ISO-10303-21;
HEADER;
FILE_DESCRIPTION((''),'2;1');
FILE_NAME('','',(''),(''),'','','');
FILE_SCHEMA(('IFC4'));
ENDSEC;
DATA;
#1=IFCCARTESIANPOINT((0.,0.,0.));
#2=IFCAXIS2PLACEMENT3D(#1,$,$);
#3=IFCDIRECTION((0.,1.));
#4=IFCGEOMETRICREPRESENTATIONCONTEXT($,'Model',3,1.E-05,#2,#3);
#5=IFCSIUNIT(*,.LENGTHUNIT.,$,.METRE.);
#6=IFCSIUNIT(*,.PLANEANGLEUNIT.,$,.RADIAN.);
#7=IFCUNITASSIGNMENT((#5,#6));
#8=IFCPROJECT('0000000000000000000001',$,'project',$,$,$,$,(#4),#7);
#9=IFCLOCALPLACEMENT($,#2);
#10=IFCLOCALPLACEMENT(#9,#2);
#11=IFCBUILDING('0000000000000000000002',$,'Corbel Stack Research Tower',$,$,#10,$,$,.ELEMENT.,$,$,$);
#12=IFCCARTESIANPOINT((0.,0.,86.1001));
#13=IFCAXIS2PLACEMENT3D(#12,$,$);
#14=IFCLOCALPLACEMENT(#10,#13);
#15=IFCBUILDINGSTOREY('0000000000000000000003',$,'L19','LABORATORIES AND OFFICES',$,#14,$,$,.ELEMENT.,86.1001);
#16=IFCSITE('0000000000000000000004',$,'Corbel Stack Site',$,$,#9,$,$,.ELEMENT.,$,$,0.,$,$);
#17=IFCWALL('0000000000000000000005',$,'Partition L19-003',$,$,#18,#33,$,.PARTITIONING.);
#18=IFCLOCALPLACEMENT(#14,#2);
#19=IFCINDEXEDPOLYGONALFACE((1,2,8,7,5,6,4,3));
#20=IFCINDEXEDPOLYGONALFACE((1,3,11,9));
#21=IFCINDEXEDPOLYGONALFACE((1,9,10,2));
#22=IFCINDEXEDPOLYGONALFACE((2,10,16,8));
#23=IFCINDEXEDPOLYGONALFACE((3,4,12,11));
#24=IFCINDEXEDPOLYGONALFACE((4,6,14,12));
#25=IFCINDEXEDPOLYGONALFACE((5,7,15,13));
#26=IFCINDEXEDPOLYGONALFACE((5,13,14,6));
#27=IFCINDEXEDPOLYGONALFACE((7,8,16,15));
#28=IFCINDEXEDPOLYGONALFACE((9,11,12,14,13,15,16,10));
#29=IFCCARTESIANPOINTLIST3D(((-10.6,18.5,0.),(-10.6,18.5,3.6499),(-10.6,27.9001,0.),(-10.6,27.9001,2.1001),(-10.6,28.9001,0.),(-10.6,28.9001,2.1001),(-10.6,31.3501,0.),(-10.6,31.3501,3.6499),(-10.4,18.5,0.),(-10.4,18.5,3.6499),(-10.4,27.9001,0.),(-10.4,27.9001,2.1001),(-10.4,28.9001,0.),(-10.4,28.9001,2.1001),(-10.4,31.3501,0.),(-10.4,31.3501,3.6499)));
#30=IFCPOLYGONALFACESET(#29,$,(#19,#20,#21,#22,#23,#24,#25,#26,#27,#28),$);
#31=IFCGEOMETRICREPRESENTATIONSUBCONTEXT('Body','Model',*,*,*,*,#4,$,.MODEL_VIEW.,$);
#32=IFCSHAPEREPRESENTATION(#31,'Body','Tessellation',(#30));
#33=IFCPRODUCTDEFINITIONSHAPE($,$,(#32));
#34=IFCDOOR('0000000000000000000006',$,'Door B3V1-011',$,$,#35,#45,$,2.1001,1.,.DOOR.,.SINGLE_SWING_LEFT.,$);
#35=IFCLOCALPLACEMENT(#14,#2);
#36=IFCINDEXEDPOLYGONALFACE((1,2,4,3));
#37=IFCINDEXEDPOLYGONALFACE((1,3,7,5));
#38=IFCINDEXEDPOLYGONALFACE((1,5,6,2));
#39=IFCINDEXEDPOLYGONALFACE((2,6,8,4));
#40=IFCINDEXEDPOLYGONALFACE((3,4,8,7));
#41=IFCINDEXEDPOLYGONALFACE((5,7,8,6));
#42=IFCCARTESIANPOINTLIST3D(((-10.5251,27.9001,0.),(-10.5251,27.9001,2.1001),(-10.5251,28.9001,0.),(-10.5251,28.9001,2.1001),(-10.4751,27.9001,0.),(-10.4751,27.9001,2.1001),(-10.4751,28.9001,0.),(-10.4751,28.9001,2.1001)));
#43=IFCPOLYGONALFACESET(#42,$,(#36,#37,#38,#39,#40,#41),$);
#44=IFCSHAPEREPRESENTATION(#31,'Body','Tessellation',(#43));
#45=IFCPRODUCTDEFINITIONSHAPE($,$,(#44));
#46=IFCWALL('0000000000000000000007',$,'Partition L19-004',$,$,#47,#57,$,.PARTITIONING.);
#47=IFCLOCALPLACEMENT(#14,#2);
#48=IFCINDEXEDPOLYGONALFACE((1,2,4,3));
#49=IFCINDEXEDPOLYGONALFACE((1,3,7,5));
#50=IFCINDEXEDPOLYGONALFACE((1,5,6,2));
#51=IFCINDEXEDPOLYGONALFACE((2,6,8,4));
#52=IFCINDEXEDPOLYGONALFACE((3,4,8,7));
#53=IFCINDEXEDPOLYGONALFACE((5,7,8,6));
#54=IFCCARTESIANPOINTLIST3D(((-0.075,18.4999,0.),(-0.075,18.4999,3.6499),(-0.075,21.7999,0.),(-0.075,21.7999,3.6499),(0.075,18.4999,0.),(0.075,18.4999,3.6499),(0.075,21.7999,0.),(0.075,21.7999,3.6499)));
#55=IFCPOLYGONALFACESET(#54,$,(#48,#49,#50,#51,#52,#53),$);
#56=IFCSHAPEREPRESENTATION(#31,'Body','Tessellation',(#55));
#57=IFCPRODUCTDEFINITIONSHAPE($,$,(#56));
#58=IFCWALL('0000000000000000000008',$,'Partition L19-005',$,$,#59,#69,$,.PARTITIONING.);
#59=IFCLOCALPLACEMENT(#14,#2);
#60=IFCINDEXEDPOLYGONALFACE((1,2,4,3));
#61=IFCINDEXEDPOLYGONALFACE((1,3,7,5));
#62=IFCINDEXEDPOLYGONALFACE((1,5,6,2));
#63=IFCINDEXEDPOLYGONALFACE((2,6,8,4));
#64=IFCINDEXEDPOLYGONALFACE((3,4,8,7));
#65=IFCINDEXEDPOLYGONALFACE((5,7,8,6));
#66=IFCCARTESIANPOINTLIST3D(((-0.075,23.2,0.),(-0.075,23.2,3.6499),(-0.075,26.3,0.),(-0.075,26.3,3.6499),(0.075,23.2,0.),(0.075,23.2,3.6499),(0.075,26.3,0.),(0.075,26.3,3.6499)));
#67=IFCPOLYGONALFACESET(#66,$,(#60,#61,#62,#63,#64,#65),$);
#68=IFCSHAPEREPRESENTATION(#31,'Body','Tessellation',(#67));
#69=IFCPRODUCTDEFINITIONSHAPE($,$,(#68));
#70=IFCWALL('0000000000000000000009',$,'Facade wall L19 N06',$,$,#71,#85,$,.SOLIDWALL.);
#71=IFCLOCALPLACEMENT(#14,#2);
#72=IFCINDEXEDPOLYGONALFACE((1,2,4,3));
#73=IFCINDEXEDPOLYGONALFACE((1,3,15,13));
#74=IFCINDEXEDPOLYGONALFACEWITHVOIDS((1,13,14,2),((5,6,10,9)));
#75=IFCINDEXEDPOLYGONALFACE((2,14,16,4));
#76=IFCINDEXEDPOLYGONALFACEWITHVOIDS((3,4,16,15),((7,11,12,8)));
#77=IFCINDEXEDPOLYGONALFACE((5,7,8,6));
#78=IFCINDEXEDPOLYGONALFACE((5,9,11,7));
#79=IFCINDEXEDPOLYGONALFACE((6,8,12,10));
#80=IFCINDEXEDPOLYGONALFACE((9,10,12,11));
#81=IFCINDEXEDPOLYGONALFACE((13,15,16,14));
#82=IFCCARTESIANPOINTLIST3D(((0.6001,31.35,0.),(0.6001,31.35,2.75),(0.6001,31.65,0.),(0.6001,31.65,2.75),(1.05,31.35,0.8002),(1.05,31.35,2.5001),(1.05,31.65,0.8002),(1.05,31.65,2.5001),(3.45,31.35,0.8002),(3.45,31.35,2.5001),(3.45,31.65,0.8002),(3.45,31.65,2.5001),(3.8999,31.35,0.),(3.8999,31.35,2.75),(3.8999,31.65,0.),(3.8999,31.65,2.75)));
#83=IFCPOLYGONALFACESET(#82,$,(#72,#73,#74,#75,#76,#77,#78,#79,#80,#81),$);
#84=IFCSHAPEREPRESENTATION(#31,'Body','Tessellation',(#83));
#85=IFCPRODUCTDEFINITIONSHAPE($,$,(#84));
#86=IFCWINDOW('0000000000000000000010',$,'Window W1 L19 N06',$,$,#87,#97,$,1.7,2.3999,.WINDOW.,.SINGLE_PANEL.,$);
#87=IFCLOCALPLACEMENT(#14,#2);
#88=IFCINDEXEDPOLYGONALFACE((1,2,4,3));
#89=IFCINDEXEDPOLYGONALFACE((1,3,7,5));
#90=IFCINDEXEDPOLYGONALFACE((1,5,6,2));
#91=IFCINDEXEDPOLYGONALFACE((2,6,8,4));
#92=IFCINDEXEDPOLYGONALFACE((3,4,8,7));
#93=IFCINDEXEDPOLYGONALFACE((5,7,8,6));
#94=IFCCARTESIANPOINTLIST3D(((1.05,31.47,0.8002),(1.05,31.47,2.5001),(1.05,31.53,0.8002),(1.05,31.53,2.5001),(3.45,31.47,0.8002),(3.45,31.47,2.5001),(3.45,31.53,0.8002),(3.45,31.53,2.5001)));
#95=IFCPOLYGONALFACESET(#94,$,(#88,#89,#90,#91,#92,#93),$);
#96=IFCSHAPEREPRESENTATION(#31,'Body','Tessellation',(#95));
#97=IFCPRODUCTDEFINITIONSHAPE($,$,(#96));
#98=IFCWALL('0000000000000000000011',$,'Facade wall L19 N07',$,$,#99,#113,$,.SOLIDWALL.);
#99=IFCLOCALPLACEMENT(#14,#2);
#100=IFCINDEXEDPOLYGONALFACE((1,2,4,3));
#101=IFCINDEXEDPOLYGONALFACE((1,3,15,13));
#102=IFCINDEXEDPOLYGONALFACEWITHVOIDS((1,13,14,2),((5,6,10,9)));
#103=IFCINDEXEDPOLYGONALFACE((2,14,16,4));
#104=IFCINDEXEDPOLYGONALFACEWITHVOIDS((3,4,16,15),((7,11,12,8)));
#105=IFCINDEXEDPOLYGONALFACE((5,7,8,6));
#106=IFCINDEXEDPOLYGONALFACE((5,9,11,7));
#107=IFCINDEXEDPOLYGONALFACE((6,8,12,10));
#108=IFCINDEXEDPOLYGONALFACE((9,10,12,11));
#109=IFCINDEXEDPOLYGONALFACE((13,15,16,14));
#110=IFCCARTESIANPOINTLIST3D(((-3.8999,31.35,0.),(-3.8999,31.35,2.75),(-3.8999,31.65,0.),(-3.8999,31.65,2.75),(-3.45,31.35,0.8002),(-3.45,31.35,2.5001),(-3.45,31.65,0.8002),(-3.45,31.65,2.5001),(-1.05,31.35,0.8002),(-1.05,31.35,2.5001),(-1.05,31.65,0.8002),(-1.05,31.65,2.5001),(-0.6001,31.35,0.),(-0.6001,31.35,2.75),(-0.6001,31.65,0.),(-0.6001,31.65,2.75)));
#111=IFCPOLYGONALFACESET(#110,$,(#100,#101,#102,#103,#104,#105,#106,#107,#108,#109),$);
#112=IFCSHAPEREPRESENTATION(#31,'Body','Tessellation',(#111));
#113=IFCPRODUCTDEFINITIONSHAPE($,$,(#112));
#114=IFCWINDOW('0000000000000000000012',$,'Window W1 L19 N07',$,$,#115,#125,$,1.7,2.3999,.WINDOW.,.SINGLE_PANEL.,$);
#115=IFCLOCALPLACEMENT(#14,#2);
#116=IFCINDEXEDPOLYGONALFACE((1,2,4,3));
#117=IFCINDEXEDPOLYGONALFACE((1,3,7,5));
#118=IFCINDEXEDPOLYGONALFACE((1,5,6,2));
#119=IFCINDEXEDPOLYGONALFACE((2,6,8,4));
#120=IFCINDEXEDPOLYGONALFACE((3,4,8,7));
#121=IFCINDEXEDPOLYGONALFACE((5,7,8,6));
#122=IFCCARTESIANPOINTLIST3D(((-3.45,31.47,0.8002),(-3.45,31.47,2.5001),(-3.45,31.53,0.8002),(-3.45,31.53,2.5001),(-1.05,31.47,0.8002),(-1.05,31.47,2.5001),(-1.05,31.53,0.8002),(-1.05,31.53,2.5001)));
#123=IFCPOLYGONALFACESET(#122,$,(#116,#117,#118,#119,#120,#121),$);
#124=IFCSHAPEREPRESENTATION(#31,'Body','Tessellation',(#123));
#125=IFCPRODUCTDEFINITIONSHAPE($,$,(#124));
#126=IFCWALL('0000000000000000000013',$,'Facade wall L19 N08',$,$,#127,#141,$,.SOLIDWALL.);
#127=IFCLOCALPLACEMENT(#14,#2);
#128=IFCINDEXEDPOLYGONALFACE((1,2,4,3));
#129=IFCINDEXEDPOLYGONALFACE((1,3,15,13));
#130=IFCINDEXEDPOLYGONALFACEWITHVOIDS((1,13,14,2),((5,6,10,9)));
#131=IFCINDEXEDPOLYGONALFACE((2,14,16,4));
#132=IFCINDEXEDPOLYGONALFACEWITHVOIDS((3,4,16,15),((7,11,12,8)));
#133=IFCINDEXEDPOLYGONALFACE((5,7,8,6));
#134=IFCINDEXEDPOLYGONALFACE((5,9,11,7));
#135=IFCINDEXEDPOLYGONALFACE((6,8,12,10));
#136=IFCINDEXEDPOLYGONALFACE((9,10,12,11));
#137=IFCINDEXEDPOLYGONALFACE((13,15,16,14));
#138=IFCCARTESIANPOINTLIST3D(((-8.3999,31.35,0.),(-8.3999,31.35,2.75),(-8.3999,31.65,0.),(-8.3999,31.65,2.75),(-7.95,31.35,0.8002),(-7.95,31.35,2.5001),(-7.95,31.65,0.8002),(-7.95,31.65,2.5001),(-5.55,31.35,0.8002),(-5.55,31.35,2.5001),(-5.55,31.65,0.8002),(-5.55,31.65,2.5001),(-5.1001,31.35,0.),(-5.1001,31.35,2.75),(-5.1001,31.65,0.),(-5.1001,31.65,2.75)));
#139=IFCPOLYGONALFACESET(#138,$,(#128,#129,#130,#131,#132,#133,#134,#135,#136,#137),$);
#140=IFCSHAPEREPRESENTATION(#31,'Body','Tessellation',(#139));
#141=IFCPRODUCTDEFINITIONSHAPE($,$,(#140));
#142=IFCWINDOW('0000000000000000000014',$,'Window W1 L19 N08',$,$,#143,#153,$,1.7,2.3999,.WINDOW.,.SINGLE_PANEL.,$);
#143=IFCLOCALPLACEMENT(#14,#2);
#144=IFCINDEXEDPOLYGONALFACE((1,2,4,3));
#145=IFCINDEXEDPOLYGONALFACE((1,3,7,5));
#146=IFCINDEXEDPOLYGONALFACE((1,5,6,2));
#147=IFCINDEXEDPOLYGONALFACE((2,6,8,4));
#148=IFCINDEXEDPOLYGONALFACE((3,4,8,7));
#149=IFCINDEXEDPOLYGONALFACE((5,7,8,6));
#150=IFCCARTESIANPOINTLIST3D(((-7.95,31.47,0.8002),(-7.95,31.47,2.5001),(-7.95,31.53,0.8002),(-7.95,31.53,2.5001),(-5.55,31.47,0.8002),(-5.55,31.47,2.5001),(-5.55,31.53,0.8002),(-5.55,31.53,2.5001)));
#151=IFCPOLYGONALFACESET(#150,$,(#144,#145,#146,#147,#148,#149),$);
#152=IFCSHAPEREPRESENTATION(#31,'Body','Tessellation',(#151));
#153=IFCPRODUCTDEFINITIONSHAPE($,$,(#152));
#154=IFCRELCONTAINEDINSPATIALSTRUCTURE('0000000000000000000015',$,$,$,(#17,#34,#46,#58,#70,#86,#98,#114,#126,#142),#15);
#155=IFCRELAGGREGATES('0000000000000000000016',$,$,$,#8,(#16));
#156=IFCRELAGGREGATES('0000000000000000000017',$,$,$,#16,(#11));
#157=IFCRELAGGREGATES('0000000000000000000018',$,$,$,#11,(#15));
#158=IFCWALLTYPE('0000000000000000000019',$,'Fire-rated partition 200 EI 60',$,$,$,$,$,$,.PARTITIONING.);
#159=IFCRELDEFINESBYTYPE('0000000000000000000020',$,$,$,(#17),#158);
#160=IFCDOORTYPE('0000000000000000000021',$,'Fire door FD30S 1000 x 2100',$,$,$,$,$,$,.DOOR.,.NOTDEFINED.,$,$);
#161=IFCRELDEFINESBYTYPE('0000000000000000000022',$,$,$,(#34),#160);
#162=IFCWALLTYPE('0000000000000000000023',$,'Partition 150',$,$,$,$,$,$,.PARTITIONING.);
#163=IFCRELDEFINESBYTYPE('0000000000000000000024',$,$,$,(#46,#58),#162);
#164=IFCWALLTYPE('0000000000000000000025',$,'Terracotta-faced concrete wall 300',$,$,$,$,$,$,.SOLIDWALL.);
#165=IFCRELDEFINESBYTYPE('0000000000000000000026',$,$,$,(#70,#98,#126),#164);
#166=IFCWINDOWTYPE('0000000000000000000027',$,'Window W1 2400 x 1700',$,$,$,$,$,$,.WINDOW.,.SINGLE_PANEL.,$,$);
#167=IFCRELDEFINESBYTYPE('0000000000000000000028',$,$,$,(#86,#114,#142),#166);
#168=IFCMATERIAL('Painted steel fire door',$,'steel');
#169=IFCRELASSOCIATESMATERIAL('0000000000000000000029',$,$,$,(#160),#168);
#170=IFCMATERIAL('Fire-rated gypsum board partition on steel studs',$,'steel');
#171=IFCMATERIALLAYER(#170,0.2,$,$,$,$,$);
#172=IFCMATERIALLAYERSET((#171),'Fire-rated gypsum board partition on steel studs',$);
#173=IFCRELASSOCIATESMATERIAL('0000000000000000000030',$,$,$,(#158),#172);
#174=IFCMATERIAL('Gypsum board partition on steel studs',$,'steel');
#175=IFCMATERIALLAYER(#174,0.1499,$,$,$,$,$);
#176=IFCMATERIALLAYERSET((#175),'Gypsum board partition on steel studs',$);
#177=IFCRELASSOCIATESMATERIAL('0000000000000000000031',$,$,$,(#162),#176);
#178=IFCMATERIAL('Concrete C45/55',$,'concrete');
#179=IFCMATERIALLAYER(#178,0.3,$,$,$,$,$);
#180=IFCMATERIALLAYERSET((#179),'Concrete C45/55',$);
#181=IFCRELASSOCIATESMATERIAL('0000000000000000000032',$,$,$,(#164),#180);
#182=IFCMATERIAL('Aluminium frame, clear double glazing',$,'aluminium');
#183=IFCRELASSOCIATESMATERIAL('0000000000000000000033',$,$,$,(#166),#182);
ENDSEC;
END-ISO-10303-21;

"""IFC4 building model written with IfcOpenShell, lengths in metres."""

from ifc_helpers import new_model, si_unit, direction, frame, frame_2d, origin, place, context, subcontext, project, spatial, rectangle, extrude, material, layer, layer_set, type_object, element, fill, save


model = new_model("IFC4")

# Units and contexts
model_context = context("Model", 3, precision=1e-05, world=origin(), true_north=direction((0.0, 1.0)))
body_context = subcontext(model_context, "Body", "Model", "MODEL_VIEW")
ifc_project = project(units=[si_unit("LENGTHUNIT", "METRE"), si_unit("PLANEANGLEUNIT", "RADIAN")], contexts=[model_context])

# Site, building, storey
site_placement = place(None, origin())
site = spatial("IfcSite", under=ifc_project, at=site_placement, Name="Corbel Stack Site", CompositionType="ELEMENT", RefElevation=0.0)
building_placement = place(site_placement, origin())
building = spatial("IfcBuilding", under=site, at=building_placement, Name="Corbel Stack Research Tower", CompositionType="ELEMENT")
storey_placement = place(building_placement, frame((0.0, 0.0, 86.1001)))
storey = spatial("IfcBuildingStorey", under=building, at=storey_placement, Name="L19", Description="LABORATORIES AND OFFICES", CompositionType="ELEMENT", Elevation=86.1001)

# Wall, opening, door
ifc_material_1 = material(Name="Painted steel fire door", Category="steel")
door_type_1 = type_object("IfcDoorType", Name="Fire door FD30S 1000 x 2100", OperationType="NOTDEFINED", PredefinedType="DOOR", material=ifc_material_1)
ifc_material_2 = material(Name="Fire-rated gypsum board partition on steel studs", Category="steel")
ifc_layer_1 = layer(ifc_material_2, 0.2)
ifc_layer_set_1 = layer_set([ifc_layer_1], Name="Fire-rated gypsum board partition on steel studs")
wall_type_1 = type_object("IfcWallType", Name="Fire-rated partition 200 EI 60", PredefinedType="PARTITIONING", material=ifc_layer_set_1)
wall_1_placement = place(storey_placement, frame((-10.5, 31.3501, 0.0), z_axis=(0.0, 0.0, 1.0), x_axis=(0.0, -1.0, 0.0)))
wall_1 = element("IfcWall", 1, at=wall_1_placement, inside=storey, type_object=wall_type_1, Name="Partition L19-003", PredefinedType="PARTITIONING", context=body_context, shape_type="SweptSolid", body=[
    extrude(rectangle(XDim=12.8501, YDim=0.2, at=frame_2d((6.425, 0.0))), origin(), (0.0, 0.0, 1.0), 3.6499),
])
opening_1_placement = place(wall_1_placement, frame((2.45, 0.0, 0.0)))
opening_1 = element("IfcOpeningElement", 2, at=opening_1_placement, cuts=wall_1, PredefinedType="OPENING", context=body_context, shape_type="SweptSolid", body=[
    extrude(rectangle(XDim=1.0, YDim=2.1001, at=frame_2d((0.5, 1.05))), frame((0.0, 0.1099, 0.0), z_axis=(0.0, -1.0, 0.0), x_axis=(1.0, 0.0, 0.0)), (0.0, 0.0, 1.0), 0.22),
])
door_1_placement = place(opening_1_placement, origin())
door_1 = element("IfcDoor", 3, at=door_1_placement, inside=storey, type_object=door_type_1, Name="Door B3V1-011", OperationType="SINGLE_SWING_LEFT", OverallHeight=2.1001, OverallWidth=1.0, PredefinedType="DOOR", context=body_context, shape_type="SweptSolid", body=[
    extrude(rectangle(XDim=1.0, YDim=2.1001, at=frame_2d((0.5, 1.05))), frame((0.0, 0.0249, 0.0), z_axis=(0.0, -1.0, 0.0), x_axis=(1.0, 0.0, 0.0)), (0.0, 0.0, 1.0), 0.05),
])
fill(opening_1, door_1)

# Walls
ifc_material_3 = material(Name="Gypsum board partition on steel studs", Category="steel")
ifc_layer_2 = layer(ifc_material_3, 0.1499)
ifc_layer_set_2 = layer_set([ifc_layer_2], Name="Gypsum board partition on steel studs")
wall_type_2 = type_object("IfcWallType", Name="Partition 150", PredefinedType="PARTITIONING", material=ifc_layer_set_2)
wall_2_placement = place(storey_placement, frame((0.0, 18.5, 0.0), z_axis=(0.0, 0.0, 1.0), x_axis=(0.0, 1.0, 0.0)))
element("IfcWall", 4, at=wall_2_placement, inside=storey, type_object=wall_type_2, Name="Partition L19-004", PredefinedType="PARTITIONING", context=body_context, shape_type="SweptSolid", body=[
    extrude(rectangle(XDim=3.3, YDim=0.1499, at=frame_2d((1.6499, 0.0))), origin(), (0.0, 0.0, 1.0), 3.6499),
])
wall_3_placement = place(storey_placement, frame((0.0, 23.2, 0.0), z_axis=(0.0, 0.0, 1.0), x_axis=(0.0, 1.0, 0.0)))
element("IfcWall", 5, at=wall_3_placement, inside=storey, type_object=wall_type_2, Name="Partition L19-005", PredefinedType="PARTITIONING", context=body_context, shape_type="SweptSolid", body=[
    extrude(rectangle(XDim=3.1001, YDim=0.1499, at=frame_2d((1.55, 0.0))), origin(), (0.0, 0.0, 1.0), 3.6499),
])

# Walls, openings, windows
ifc_material_4 = material(Name="Concrete C45/55", Category="concrete")
ifc_layer_3 = layer(ifc_material_4, 0.3)
ifc_layer_set_3 = layer_set([ifc_layer_3], Name="Concrete C45/55")
wall_type_3 = type_object("IfcWallType", Name="Terracotta-faced concrete wall 300", PredefinedType="SOLIDWALL", material=ifc_layer_set_3)
wall_4_placement = place(storey_placement, frame((0.6001, 31.5, 0.0), z_axis=(0.0, 0.0, 1.0), x_axis=(1.0, 0.0, 0.0)))
wall_4 = element("IfcWall", 6, at=wall_4_placement, inside=storey, type_object=wall_type_3, Name="Facade wall L19 N06", PredefinedType="SOLIDWALL", context=body_context, shape_type="SweptSolid", body=[
    extrude(rectangle(XDim=3.2998, YDim=0.3, at=frame_2d((1.6499, 0.0))), origin(), (0.0, 0.0, 1.0), 2.75),
])
opening_2_placement = place(wall_4_placement, frame((0.45, 0.0, 0.8)))
opening_2 = element("IfcOpeningElement", 7, at=opening_2_placement, cuts=wall_4, PredefinedType="OPENING", context=body_context, shape_type="SweptSolid", body=[
    extrude(rectangle(XDim=2.3999, YDim=1.7, at=frame_2d((1.2, 0.8501))), frame((0.0, 0.1599, 0.0), z_axis=(0.0, -1.0, 0.0), x_axis=(1.0, 0.0, 0.0)), (0.0, 0.0, 1.0), 0.3201),
])
ifc_material_5 = material(Name="Aluminium frame, clear double glazing", Category="aluminium")
window_type = type_object("IfcWindowType", Name="Window W1 2400 x 1700", PartitioningType="SINGLE_PANEL", PredefinedType="WINDOW", material=ifc_material_5)
window_1_placement = place(opening_2_placement, origin())
window_1 = element("IfcWindow", 8, at=window_1_placement, inside=storey, type_object=window_type, Name="Window W1 L19 N06", OverallHeight=1.7, OverallWidth=2.3999, PartitioningType="SINGLE_PANEL", PredefinedType="WINDOW", context=body_context, shape_type="SweptSolid", body=[
    extrude(rectangle(XDim=2.3999, YDim=1.7, at=frame_2d((1.2, 0.8501))), frame((0.0, 0.03, 0.0), z_axis=(0.0, -1.0, 0.0), x_axis=(1.0, 0.0, 0.0)), (0.0, 0.0, 1.0), 0.0601),
])
fill(opening_2, window_1)
wall_5_placement = place(storey_placement, frame((-3.8999, 31.5, 0.0), z_axis=(0.0, 0.0, 1.0), x_axis=(1.0, 0.0, 0.0)))
wall_5 = element("IfcWall", 9, at=wall_5_placement, inside=storey, type_object=wall_type_3, Name="Facade wall L19 N07", PredefinedType="SOLIDWALL", context=body_context, shape_type="SweptSolid", body=[
    extrude(rectangle(XDim=3.2998, YDim=0.3, at=frame_2d((1.6499, 0.0))), origin(), (0.0, 0.0, 1.0), 2.75),
])
opening_3_placement = place(wall_5_placement, frame((0.45, 0.0, 0.8)))
opening_3 = element("IfcOpeningElement", 10, at=opening_3_placement, cuts=wall_5, PredefinedType="OPENING", context=body_context, shape_type="SweptSolid", body=[
    extrude(rectangle(XDim=2.3999, YDim=1.7, at=frame_2d((1.2, 0.8501))), frame((0.0, 0.1599, 0.0), z_axis=(0.0, -1.0, 0.0), x_axis=(1.0, 0.0, 0.0)), (0.0, 0.0, 1.0), 0.3201),
])
window_2_placement = place(opening_3_placement, origin())
window_2 = element("IfcWindow", 11, at=window_2_placement, inside=storey, type_object=window_type, Name="Window W1 L19 N07", OverallHeight=1.7, OverallWidth=2.3999, PartitioningType="SINGLE_PANEL", PredefinedType="WINDOW", context=body_context, shape_type="SweptSolid", body=[
    extrude(rectangle(XDim=2.3999, YDim=1.7, at=frame_2d((1.2, 0.8501))), frame((0.0, 0.03, 0.0), z_axis=(0.0, -1.0, 0.0), x_axis=(1.0, 0.0, 0.0)), (0.0, 0.0, 1.0), 0.0601),
])
fill(opening_3, window_2)
wall_6_placement = place(storey_placement, frame((-8.3999, 31.5, 0.0), z_axis=(0.0, 0.0, 1.0), x_axis=(1.0, 0.0, 0.0)))
wall_6 = element("IfcWall", 12, at=wall_6_placement, inside=storey, type_object=wall_type_3, Name="Facade wall L19 N08", PredefinedType="SOLIDWALL", context=body_context, shape_type="SweptSolid", body=[
    extrude(rectangle(XDim=3.2998, YDim=0.3, at=frame_2d((1.6499, 0.0))), origin(), (0.0, 0.0, 1.0), 2.75),
])
opening_4_placement = place(wall_6_placement, frame((0.45, 0.0, 0.8)))
opening_4 = element("IfcOpeningElement", 13, at=opening_4_placement, cuts=wall_6, PredefinedType="OPENING", context=body_context, shape_type="SweptSolid", body=[
    extrude(rectangle(XDim=2.3999, YDim=1.7, at=frame_2d((1.2, 0.8501))), frame((0.0, 0.1599, 0.0), z_axis=(0.0, -1.0, 0.0), x_axis=(1.0, 0.0, 0.0)), (0.0, 0.0, 1.0), 0.3201),
])
window_3_placement = place(opening_4_placement, origin())
window_3 = element("IfcWindow", 14, at=window_3_placement, inside=storey, type_object=window_type, Name="Window W1 L19 N08", OverallHeight=1.7, OverallWidth=2.3999, PartitioningType="SINGLE_PANEL", PredefinedType="WINDOW", context=body_context, shape_type="SweptSolid", body=[
    extrude(rectangle(XDim=2.3999, YDim=1.7, at=frame_2d((1.2, 0.8501))), frame((0.0, 0.03, 0.0), z_axis=(0.0, -1.0, 0.0), x_axis=(1.0, 0.0, 0.0)), (0.0, 0.0, 1.0), 0.0601),
])
fill(opening_4, window_3)

save(model, "model.ifc")
